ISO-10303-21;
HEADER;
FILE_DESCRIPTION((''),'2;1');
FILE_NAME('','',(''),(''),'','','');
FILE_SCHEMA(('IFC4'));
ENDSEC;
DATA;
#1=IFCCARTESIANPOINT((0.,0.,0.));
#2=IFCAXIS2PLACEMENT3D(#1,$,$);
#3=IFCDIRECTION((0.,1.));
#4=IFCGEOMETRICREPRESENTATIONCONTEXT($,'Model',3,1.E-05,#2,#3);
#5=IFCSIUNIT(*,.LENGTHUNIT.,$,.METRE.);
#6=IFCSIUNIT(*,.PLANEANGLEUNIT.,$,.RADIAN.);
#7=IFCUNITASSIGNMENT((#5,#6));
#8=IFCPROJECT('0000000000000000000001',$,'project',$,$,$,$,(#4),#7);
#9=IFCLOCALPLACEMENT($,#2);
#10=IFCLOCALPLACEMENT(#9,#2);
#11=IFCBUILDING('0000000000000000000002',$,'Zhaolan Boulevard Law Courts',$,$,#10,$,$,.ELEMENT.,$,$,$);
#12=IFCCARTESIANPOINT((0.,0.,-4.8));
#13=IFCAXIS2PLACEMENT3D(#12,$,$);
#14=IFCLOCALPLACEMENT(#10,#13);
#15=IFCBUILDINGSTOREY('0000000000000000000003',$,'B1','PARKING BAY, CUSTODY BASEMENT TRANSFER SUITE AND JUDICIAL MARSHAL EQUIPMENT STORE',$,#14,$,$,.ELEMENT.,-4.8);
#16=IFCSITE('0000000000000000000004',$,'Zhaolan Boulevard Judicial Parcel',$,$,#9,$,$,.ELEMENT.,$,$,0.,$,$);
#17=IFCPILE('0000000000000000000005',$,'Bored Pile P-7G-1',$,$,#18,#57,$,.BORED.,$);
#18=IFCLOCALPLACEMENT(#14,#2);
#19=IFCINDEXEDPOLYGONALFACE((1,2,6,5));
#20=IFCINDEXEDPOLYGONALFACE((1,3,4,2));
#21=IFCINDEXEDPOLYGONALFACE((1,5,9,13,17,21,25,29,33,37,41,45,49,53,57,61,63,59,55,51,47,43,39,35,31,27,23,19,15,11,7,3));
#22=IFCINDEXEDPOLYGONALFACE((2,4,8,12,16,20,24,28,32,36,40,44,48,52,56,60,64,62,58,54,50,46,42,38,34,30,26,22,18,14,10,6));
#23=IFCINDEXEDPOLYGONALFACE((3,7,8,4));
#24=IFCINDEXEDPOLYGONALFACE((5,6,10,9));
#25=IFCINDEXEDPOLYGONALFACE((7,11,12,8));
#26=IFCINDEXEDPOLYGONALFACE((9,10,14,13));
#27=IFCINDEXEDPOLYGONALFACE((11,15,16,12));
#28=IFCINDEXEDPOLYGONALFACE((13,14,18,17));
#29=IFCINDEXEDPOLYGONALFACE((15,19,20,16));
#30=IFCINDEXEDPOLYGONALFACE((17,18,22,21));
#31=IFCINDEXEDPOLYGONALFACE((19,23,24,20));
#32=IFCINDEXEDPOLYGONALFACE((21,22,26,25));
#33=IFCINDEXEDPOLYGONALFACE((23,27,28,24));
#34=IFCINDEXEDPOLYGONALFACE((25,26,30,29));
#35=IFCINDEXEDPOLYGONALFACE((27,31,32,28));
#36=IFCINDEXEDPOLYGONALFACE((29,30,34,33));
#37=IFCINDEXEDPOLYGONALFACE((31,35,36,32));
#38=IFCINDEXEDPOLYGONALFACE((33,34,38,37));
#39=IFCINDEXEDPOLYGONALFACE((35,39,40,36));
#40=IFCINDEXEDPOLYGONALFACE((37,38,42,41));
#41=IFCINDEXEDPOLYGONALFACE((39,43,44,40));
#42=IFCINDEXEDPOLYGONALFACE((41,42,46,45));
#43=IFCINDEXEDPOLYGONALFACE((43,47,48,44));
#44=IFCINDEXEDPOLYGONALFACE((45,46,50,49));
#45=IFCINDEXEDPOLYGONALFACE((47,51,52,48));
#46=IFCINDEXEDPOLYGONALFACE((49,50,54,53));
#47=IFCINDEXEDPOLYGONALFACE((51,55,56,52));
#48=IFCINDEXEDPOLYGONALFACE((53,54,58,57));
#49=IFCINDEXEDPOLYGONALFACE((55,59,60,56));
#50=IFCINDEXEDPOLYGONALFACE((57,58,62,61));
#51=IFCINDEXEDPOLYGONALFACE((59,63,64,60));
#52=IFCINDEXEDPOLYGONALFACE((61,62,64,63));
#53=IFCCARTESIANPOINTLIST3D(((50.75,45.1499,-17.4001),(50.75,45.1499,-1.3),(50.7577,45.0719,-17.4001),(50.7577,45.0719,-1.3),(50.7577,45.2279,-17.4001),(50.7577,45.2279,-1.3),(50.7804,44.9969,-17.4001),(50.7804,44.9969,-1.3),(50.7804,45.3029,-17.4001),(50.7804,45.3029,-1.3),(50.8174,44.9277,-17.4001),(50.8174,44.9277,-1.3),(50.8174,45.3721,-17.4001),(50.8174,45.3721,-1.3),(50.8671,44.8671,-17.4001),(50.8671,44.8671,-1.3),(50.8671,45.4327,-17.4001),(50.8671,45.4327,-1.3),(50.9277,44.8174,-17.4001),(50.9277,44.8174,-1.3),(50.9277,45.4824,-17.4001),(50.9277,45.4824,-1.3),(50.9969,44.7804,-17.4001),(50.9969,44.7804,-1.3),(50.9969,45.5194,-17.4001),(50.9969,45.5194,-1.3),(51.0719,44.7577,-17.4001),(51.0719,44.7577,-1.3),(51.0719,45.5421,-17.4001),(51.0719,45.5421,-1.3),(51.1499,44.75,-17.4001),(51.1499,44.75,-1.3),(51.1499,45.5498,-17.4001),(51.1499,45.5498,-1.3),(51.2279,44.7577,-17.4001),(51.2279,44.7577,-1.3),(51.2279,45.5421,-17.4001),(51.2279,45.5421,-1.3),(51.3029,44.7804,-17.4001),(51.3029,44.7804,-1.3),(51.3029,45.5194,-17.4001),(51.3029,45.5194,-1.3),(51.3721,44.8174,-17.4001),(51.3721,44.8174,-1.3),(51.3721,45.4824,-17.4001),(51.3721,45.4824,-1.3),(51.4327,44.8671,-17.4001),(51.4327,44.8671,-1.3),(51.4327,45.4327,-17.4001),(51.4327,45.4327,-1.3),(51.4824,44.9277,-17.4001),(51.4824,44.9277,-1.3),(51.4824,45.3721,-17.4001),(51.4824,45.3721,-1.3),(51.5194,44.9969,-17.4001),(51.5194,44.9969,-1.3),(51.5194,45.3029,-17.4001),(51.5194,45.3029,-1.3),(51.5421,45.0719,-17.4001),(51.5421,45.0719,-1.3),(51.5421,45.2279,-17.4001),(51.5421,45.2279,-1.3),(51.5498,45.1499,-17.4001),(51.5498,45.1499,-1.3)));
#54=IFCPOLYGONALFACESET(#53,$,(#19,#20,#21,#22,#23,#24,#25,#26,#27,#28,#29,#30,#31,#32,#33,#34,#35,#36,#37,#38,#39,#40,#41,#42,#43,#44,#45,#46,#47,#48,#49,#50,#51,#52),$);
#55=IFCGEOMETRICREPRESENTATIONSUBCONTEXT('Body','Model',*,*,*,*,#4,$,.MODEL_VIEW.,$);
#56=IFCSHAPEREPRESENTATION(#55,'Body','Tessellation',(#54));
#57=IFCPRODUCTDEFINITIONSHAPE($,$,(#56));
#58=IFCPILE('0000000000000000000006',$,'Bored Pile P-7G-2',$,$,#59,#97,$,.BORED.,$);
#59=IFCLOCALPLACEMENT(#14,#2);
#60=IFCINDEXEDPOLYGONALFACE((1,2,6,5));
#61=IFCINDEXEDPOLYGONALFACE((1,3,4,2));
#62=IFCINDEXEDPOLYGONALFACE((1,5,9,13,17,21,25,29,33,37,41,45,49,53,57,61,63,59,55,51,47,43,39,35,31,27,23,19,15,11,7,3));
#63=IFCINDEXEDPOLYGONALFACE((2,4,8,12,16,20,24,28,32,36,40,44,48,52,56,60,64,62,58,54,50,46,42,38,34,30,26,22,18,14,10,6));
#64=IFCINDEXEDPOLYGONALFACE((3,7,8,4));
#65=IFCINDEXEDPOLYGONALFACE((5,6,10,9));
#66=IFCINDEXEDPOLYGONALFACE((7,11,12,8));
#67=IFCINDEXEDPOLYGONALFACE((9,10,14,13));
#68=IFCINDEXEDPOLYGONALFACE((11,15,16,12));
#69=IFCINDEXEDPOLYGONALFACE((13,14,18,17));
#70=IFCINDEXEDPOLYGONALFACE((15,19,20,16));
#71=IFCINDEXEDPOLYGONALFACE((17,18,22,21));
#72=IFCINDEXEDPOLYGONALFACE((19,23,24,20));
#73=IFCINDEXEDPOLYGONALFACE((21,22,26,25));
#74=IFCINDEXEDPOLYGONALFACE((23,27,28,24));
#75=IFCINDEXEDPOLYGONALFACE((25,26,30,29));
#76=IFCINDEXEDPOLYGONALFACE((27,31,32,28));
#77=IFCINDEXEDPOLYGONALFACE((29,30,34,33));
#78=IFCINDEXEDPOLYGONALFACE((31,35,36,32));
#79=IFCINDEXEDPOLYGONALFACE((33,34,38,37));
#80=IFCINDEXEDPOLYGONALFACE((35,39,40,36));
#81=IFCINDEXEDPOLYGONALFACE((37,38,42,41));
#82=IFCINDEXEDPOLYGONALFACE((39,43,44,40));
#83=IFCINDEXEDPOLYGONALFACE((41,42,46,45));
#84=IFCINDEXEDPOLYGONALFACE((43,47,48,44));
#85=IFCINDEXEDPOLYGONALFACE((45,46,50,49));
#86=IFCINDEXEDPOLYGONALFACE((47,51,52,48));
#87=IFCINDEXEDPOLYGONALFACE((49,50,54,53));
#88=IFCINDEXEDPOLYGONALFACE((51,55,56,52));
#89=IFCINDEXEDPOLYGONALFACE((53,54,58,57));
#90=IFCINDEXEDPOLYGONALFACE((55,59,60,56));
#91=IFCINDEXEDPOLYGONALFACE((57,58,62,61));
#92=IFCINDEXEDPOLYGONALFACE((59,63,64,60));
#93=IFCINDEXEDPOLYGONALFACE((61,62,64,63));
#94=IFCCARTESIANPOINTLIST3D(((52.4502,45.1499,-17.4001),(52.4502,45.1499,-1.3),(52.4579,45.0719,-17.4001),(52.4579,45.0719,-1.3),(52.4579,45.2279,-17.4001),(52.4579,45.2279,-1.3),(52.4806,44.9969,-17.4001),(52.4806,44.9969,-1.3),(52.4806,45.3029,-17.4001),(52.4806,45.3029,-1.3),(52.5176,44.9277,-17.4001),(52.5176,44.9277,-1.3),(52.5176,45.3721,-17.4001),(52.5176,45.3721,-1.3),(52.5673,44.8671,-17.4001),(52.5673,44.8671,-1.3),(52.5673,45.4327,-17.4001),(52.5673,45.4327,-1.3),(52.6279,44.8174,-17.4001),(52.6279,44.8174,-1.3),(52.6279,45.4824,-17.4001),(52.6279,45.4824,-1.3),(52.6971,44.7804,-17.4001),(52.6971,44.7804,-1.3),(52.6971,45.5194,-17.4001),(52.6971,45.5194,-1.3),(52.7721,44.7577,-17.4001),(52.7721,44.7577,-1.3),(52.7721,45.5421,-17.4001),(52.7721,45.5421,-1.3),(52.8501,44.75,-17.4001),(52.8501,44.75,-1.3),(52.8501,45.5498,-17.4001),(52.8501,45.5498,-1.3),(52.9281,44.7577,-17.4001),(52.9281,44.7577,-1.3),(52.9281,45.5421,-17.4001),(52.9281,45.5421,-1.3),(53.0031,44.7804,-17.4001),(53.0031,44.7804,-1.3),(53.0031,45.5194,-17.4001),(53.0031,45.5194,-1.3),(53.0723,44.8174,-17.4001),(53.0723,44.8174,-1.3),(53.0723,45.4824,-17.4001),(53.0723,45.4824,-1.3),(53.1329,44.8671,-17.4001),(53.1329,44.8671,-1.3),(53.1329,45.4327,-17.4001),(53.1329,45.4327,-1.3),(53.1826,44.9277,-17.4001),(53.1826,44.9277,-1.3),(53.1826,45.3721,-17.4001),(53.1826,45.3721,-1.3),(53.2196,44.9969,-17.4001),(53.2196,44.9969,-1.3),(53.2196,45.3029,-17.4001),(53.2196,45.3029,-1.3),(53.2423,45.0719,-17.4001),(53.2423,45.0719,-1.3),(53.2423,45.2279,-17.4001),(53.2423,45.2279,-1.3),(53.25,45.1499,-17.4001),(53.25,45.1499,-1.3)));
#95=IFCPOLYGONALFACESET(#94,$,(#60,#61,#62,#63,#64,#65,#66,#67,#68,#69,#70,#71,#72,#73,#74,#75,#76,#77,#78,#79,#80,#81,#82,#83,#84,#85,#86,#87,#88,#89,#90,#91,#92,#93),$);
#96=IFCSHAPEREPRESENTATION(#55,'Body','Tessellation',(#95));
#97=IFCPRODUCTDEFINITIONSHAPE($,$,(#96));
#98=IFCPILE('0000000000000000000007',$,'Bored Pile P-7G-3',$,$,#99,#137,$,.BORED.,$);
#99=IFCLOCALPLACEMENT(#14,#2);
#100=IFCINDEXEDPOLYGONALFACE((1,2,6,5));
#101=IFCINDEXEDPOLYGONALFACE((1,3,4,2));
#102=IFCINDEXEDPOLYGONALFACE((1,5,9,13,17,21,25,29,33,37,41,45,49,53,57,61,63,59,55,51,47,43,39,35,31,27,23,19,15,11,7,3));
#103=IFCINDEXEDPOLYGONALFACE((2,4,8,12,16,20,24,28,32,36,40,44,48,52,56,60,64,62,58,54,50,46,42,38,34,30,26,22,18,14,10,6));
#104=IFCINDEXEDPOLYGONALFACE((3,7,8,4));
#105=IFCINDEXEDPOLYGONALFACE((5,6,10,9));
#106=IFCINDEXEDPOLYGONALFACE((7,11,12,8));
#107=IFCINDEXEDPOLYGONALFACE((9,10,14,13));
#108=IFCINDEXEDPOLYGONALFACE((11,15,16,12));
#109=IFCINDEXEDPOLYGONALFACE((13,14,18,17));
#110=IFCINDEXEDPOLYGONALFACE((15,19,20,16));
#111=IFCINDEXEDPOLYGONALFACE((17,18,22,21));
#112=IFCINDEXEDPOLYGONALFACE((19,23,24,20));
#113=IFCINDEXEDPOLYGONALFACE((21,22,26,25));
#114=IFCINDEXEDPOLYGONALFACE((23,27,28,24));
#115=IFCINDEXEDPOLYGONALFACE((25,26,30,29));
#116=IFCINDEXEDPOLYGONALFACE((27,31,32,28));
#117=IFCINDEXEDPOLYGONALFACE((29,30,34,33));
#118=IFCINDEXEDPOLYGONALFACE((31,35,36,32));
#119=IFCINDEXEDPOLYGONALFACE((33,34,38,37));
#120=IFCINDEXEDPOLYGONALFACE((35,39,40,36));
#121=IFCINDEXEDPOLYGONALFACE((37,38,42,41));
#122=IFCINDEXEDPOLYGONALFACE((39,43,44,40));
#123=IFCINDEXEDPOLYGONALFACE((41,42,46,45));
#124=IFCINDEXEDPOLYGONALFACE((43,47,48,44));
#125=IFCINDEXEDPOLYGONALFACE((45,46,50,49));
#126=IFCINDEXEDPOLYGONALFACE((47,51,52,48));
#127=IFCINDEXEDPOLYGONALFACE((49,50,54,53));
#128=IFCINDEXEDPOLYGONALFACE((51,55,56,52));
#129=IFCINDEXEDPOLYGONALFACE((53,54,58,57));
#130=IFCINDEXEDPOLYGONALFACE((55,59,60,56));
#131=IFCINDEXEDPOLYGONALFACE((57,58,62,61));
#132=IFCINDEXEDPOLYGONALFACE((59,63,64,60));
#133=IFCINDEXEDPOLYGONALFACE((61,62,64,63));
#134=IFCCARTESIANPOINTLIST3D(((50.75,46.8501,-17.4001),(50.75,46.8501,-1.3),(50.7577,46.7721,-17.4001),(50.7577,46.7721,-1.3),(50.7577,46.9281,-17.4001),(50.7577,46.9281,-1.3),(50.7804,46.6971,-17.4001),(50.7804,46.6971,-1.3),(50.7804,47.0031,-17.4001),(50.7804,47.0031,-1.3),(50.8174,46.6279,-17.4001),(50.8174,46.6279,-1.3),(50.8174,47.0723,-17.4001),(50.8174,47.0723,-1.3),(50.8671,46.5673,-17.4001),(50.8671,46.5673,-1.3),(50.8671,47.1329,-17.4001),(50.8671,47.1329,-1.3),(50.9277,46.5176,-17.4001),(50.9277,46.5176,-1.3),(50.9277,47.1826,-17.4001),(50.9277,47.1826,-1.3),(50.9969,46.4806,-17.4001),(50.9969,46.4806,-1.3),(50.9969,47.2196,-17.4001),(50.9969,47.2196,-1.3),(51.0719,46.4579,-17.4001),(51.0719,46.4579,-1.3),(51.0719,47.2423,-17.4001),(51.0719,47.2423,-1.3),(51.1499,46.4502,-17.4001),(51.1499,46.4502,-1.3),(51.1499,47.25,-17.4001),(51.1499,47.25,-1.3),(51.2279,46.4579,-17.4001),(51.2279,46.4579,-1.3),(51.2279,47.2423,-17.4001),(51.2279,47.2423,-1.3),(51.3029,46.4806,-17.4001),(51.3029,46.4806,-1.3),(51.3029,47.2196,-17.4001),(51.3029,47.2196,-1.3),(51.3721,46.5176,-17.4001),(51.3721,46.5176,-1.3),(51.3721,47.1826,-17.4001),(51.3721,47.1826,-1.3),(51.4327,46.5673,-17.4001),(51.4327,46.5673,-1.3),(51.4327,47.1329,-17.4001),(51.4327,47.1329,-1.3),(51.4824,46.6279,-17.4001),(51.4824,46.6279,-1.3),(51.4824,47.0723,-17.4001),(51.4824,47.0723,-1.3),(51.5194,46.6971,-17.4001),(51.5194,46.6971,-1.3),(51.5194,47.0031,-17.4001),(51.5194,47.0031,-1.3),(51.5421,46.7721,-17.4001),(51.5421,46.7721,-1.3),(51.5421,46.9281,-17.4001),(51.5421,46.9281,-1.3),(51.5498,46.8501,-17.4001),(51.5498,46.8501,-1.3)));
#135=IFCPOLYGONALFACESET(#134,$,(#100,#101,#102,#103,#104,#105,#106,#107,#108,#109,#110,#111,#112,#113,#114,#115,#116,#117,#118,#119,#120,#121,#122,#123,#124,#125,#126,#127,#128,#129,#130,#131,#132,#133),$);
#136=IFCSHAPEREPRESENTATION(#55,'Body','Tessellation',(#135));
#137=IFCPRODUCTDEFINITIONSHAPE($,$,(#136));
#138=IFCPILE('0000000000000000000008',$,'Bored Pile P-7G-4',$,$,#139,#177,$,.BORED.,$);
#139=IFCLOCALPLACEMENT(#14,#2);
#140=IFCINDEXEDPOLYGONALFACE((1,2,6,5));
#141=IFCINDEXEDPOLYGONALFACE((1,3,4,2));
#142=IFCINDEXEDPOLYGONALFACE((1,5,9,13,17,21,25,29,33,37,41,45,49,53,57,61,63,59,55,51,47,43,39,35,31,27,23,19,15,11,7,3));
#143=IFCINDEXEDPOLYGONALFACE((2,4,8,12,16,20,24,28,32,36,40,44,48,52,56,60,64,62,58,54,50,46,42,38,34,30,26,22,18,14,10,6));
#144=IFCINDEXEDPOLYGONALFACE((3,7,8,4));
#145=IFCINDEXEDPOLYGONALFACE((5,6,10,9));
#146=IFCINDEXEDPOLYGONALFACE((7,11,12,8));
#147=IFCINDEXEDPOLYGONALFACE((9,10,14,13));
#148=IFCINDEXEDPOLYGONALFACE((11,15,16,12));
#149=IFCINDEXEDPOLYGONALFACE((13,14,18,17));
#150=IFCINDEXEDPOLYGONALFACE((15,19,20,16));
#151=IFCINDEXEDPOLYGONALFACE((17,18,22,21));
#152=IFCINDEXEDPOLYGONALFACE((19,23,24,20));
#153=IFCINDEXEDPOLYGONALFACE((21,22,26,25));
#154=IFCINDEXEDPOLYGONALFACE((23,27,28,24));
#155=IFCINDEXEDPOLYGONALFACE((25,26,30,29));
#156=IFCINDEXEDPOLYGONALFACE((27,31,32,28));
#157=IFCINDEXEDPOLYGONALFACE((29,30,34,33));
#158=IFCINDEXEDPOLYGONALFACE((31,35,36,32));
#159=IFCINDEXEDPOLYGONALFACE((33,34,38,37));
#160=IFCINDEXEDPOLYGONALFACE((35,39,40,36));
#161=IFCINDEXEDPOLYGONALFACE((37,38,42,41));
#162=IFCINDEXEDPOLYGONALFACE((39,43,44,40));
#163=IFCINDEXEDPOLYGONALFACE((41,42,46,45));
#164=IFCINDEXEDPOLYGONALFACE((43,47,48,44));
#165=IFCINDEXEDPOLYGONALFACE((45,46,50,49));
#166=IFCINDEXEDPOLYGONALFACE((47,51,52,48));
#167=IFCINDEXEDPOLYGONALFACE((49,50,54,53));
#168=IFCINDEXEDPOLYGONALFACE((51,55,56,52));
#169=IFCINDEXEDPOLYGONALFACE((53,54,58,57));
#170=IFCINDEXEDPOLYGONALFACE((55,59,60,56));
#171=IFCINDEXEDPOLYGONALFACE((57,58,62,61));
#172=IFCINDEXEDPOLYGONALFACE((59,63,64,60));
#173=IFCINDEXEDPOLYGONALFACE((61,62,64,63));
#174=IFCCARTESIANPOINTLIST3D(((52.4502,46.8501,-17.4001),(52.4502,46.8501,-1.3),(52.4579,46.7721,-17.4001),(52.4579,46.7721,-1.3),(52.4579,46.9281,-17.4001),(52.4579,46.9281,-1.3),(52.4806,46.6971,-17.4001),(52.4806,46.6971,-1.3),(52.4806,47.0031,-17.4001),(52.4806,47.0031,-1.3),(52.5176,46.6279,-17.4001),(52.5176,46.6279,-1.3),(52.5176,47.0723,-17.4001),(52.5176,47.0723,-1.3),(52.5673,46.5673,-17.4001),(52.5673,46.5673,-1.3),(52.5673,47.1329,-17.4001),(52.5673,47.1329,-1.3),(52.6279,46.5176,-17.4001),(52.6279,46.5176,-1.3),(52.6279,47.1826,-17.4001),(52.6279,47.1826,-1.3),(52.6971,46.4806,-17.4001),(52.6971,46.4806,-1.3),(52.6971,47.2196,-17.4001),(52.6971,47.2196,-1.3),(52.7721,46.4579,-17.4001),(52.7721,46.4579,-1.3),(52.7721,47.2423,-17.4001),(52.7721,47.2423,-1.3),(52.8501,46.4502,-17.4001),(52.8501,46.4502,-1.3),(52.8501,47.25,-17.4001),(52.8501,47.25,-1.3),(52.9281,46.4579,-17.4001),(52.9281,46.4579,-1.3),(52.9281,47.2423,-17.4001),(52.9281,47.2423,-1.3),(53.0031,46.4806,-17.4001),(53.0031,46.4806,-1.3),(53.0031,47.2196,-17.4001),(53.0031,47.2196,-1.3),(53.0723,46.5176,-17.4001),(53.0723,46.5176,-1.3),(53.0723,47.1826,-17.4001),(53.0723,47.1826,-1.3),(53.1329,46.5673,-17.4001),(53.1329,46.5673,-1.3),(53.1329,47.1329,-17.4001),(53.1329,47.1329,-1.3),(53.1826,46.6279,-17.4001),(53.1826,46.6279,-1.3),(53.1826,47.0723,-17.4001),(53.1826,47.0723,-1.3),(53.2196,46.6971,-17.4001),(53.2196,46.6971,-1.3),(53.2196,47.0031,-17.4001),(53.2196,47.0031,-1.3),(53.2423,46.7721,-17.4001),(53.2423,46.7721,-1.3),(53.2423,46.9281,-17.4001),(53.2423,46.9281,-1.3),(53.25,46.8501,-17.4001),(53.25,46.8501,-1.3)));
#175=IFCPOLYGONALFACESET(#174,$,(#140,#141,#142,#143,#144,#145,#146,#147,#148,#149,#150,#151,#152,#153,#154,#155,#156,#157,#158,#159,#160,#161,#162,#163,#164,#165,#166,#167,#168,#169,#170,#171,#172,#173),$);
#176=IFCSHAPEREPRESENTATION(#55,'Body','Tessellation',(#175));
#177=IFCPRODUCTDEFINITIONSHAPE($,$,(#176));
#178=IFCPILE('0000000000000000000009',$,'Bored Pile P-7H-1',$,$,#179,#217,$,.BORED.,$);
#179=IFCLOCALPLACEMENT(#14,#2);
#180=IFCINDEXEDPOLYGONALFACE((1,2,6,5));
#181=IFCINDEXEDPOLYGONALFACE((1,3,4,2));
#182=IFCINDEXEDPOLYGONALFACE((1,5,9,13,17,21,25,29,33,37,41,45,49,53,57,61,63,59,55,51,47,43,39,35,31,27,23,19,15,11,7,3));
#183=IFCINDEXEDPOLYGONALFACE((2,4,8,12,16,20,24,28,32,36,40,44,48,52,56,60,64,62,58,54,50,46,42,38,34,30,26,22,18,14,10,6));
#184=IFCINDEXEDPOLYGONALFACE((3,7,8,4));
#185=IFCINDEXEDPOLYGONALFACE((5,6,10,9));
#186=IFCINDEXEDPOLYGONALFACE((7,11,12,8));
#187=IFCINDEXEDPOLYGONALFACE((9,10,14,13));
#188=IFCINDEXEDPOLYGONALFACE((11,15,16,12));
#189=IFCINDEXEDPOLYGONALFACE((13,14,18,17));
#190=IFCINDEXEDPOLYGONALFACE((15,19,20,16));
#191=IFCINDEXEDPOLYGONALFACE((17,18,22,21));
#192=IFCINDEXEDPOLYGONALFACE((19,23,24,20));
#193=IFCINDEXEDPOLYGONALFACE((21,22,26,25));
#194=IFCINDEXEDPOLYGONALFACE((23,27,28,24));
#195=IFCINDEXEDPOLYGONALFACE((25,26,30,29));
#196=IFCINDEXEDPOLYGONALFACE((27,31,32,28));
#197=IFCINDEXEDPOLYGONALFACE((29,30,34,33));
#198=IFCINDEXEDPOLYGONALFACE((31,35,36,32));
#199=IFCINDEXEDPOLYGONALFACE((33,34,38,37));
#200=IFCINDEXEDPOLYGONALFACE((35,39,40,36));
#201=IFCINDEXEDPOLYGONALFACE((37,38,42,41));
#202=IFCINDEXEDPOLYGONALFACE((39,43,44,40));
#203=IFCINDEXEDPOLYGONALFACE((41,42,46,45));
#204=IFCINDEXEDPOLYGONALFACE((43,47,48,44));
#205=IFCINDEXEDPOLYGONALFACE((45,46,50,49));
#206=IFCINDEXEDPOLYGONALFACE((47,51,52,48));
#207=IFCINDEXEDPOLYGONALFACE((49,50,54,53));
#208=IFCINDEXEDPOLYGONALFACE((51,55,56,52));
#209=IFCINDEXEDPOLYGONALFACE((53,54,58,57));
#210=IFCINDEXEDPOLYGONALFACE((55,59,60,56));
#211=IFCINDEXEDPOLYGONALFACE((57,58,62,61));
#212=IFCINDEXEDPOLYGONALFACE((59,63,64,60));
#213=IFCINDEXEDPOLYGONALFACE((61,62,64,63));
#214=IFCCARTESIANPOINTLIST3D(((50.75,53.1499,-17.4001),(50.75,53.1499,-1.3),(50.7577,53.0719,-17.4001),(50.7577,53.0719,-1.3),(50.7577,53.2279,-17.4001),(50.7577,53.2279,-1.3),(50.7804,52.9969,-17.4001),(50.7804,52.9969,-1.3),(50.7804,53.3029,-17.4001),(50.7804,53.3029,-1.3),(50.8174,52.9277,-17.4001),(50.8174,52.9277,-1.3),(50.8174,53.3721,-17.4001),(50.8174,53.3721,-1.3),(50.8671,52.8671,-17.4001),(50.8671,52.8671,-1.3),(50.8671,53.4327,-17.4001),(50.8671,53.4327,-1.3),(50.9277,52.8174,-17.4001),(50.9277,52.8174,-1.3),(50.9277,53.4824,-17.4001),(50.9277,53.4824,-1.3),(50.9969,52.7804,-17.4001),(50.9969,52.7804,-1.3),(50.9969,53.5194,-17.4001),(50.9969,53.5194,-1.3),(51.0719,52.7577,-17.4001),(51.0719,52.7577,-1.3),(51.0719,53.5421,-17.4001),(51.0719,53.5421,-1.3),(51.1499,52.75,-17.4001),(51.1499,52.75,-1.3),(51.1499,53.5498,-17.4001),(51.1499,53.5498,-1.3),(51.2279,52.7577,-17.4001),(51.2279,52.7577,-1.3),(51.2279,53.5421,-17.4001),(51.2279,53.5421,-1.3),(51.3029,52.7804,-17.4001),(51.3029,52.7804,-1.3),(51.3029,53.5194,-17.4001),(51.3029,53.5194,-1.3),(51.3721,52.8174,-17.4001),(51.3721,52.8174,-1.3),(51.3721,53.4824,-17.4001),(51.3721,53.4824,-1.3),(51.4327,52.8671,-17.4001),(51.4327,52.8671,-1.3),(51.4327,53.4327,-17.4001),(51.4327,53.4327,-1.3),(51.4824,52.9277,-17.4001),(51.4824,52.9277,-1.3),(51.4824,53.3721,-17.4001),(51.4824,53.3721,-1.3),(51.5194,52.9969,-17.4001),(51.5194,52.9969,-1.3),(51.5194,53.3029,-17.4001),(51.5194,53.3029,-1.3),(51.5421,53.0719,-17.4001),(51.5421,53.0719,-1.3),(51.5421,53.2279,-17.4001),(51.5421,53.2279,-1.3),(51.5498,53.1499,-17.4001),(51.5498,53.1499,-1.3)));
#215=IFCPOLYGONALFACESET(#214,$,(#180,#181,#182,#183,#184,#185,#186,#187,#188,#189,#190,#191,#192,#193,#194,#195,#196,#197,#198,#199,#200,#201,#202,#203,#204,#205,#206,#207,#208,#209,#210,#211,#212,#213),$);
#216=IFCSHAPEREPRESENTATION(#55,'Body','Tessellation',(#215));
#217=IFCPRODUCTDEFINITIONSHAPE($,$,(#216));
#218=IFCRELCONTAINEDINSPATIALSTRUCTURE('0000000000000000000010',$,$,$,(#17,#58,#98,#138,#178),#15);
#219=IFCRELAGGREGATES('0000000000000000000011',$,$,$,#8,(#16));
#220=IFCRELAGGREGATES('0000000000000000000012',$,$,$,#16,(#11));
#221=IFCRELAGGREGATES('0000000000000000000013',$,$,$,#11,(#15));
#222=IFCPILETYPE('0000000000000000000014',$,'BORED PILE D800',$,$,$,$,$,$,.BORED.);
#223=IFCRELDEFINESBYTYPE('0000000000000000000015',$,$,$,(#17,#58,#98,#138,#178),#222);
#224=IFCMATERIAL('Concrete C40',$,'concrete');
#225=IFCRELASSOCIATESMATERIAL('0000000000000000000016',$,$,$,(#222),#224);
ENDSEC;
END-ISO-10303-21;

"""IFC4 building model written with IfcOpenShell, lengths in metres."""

from ifc_helpers import new_model, si_unit, direction, frame, origin, origin_2d, place, context, subcontext, project, spatial, circle, extrude, material, material_profile, profile_set, type_object, element, save


model = new_model("IFC4")

# Units and contexts
model_context = context("Model", 3, precision=1e-05, world=origin(), true_north=direction((0.0, 1.0)))
body_context = subcontext(model_context, "Body", "Model", "MODEL_VIEW")
ifc_project = project(units=[si_unit("LENGTHUNIT", "METRE"), si_unit("PLANEANGLEUNIT", "RADIAN")], contexts=[model_context])

# Site, building, storey
site_placement = place(None, origin())
site = spatial("IfcSite", under=ifc_project, at=site_placement, Name="Zhaolan Boulevard Judicial Parcel", CompositionType="ELEMENT", RefElevation=0.0)
building_placement = place(site_placement, origin())
building = spatial("IfcBuilding", under=site, at=building_placement, Name="Zhaolan Boulevard Law Courts", CompositionType="ELEMENT")
storey_placement = place(building_placement, frame((0.0, 0.0, -4.8)))
storey = spatial("IfcBuildingStorey", under=building, at=storey_placement, Name="B1", Description="PARKING BAY, CUSTODY BASEMENT TRANSFER SUITE AND JUDICIAL MARSHAL EQUIPMENT STORE", CompositionType="ELEMENT", Elevation=-4.8)

# Piles
ifc_material_1 = material(Name="Concrete C40", Category="concrete")
ifc_material_profile_1 = material_profile(ifc_material_1, circle(Radius=0.3999, at=origin_2d()), Name="PILE-D800")
ifc_profile_set_1 = profile_set([ifc_material_profile_1], Name="Concrete C40")
pile_type = type_object("IfcPileType", Name="BORED PILE D800", PredefinedType="BORED", material=ifc_profile_set_1)
for number, where, z_axis, x_axis, name in (
    (1, (51.1499, 45.1499, -1.3), (0.0, 0.0, -1.0), (1.0, 0.0, 0.0), "Bored Pile P-7G-1"),
    (2, (52.8501, 45.1499, -1.3), (0.0, 0.0, -1.0), (1.0, 0.0, 0.0), "Bored Pile P-7G-2"),
    (3, (51.1499, 46.8501, -1.3), (0.0, 0.0, -1.0), (1.0, 0.0, 0.0), "Bored Pile P-7G-3"),
    (4, (52.8501, 46.8501, -1.3), (0.0, 0.0, -1.0), (1.0, 0.0, 0.0), "Bored Pile P-7G-4"),
    (5, (51.1499, 53.1499, -1.3), (0.0, 0.0, -1.0), (1.0, 0.0, 0.0), "Bored Pile P-7H-1"),
):
    element("IfcPile", number, at=place(storey_placement, frame(where, z_axis=z_axis, x_axis=x_axis)), inside=storey, type_object=pile_type, Name=name, PredefinedType="BORED", context=body_context, shape_type="SweptSolid", body=[
        extrude(circle(Radius=0.3999, at=origin_2d()), origin(), (0.0, 0.0, 1.0), 16.1001),
    ])

save(model, "model.ifc")
